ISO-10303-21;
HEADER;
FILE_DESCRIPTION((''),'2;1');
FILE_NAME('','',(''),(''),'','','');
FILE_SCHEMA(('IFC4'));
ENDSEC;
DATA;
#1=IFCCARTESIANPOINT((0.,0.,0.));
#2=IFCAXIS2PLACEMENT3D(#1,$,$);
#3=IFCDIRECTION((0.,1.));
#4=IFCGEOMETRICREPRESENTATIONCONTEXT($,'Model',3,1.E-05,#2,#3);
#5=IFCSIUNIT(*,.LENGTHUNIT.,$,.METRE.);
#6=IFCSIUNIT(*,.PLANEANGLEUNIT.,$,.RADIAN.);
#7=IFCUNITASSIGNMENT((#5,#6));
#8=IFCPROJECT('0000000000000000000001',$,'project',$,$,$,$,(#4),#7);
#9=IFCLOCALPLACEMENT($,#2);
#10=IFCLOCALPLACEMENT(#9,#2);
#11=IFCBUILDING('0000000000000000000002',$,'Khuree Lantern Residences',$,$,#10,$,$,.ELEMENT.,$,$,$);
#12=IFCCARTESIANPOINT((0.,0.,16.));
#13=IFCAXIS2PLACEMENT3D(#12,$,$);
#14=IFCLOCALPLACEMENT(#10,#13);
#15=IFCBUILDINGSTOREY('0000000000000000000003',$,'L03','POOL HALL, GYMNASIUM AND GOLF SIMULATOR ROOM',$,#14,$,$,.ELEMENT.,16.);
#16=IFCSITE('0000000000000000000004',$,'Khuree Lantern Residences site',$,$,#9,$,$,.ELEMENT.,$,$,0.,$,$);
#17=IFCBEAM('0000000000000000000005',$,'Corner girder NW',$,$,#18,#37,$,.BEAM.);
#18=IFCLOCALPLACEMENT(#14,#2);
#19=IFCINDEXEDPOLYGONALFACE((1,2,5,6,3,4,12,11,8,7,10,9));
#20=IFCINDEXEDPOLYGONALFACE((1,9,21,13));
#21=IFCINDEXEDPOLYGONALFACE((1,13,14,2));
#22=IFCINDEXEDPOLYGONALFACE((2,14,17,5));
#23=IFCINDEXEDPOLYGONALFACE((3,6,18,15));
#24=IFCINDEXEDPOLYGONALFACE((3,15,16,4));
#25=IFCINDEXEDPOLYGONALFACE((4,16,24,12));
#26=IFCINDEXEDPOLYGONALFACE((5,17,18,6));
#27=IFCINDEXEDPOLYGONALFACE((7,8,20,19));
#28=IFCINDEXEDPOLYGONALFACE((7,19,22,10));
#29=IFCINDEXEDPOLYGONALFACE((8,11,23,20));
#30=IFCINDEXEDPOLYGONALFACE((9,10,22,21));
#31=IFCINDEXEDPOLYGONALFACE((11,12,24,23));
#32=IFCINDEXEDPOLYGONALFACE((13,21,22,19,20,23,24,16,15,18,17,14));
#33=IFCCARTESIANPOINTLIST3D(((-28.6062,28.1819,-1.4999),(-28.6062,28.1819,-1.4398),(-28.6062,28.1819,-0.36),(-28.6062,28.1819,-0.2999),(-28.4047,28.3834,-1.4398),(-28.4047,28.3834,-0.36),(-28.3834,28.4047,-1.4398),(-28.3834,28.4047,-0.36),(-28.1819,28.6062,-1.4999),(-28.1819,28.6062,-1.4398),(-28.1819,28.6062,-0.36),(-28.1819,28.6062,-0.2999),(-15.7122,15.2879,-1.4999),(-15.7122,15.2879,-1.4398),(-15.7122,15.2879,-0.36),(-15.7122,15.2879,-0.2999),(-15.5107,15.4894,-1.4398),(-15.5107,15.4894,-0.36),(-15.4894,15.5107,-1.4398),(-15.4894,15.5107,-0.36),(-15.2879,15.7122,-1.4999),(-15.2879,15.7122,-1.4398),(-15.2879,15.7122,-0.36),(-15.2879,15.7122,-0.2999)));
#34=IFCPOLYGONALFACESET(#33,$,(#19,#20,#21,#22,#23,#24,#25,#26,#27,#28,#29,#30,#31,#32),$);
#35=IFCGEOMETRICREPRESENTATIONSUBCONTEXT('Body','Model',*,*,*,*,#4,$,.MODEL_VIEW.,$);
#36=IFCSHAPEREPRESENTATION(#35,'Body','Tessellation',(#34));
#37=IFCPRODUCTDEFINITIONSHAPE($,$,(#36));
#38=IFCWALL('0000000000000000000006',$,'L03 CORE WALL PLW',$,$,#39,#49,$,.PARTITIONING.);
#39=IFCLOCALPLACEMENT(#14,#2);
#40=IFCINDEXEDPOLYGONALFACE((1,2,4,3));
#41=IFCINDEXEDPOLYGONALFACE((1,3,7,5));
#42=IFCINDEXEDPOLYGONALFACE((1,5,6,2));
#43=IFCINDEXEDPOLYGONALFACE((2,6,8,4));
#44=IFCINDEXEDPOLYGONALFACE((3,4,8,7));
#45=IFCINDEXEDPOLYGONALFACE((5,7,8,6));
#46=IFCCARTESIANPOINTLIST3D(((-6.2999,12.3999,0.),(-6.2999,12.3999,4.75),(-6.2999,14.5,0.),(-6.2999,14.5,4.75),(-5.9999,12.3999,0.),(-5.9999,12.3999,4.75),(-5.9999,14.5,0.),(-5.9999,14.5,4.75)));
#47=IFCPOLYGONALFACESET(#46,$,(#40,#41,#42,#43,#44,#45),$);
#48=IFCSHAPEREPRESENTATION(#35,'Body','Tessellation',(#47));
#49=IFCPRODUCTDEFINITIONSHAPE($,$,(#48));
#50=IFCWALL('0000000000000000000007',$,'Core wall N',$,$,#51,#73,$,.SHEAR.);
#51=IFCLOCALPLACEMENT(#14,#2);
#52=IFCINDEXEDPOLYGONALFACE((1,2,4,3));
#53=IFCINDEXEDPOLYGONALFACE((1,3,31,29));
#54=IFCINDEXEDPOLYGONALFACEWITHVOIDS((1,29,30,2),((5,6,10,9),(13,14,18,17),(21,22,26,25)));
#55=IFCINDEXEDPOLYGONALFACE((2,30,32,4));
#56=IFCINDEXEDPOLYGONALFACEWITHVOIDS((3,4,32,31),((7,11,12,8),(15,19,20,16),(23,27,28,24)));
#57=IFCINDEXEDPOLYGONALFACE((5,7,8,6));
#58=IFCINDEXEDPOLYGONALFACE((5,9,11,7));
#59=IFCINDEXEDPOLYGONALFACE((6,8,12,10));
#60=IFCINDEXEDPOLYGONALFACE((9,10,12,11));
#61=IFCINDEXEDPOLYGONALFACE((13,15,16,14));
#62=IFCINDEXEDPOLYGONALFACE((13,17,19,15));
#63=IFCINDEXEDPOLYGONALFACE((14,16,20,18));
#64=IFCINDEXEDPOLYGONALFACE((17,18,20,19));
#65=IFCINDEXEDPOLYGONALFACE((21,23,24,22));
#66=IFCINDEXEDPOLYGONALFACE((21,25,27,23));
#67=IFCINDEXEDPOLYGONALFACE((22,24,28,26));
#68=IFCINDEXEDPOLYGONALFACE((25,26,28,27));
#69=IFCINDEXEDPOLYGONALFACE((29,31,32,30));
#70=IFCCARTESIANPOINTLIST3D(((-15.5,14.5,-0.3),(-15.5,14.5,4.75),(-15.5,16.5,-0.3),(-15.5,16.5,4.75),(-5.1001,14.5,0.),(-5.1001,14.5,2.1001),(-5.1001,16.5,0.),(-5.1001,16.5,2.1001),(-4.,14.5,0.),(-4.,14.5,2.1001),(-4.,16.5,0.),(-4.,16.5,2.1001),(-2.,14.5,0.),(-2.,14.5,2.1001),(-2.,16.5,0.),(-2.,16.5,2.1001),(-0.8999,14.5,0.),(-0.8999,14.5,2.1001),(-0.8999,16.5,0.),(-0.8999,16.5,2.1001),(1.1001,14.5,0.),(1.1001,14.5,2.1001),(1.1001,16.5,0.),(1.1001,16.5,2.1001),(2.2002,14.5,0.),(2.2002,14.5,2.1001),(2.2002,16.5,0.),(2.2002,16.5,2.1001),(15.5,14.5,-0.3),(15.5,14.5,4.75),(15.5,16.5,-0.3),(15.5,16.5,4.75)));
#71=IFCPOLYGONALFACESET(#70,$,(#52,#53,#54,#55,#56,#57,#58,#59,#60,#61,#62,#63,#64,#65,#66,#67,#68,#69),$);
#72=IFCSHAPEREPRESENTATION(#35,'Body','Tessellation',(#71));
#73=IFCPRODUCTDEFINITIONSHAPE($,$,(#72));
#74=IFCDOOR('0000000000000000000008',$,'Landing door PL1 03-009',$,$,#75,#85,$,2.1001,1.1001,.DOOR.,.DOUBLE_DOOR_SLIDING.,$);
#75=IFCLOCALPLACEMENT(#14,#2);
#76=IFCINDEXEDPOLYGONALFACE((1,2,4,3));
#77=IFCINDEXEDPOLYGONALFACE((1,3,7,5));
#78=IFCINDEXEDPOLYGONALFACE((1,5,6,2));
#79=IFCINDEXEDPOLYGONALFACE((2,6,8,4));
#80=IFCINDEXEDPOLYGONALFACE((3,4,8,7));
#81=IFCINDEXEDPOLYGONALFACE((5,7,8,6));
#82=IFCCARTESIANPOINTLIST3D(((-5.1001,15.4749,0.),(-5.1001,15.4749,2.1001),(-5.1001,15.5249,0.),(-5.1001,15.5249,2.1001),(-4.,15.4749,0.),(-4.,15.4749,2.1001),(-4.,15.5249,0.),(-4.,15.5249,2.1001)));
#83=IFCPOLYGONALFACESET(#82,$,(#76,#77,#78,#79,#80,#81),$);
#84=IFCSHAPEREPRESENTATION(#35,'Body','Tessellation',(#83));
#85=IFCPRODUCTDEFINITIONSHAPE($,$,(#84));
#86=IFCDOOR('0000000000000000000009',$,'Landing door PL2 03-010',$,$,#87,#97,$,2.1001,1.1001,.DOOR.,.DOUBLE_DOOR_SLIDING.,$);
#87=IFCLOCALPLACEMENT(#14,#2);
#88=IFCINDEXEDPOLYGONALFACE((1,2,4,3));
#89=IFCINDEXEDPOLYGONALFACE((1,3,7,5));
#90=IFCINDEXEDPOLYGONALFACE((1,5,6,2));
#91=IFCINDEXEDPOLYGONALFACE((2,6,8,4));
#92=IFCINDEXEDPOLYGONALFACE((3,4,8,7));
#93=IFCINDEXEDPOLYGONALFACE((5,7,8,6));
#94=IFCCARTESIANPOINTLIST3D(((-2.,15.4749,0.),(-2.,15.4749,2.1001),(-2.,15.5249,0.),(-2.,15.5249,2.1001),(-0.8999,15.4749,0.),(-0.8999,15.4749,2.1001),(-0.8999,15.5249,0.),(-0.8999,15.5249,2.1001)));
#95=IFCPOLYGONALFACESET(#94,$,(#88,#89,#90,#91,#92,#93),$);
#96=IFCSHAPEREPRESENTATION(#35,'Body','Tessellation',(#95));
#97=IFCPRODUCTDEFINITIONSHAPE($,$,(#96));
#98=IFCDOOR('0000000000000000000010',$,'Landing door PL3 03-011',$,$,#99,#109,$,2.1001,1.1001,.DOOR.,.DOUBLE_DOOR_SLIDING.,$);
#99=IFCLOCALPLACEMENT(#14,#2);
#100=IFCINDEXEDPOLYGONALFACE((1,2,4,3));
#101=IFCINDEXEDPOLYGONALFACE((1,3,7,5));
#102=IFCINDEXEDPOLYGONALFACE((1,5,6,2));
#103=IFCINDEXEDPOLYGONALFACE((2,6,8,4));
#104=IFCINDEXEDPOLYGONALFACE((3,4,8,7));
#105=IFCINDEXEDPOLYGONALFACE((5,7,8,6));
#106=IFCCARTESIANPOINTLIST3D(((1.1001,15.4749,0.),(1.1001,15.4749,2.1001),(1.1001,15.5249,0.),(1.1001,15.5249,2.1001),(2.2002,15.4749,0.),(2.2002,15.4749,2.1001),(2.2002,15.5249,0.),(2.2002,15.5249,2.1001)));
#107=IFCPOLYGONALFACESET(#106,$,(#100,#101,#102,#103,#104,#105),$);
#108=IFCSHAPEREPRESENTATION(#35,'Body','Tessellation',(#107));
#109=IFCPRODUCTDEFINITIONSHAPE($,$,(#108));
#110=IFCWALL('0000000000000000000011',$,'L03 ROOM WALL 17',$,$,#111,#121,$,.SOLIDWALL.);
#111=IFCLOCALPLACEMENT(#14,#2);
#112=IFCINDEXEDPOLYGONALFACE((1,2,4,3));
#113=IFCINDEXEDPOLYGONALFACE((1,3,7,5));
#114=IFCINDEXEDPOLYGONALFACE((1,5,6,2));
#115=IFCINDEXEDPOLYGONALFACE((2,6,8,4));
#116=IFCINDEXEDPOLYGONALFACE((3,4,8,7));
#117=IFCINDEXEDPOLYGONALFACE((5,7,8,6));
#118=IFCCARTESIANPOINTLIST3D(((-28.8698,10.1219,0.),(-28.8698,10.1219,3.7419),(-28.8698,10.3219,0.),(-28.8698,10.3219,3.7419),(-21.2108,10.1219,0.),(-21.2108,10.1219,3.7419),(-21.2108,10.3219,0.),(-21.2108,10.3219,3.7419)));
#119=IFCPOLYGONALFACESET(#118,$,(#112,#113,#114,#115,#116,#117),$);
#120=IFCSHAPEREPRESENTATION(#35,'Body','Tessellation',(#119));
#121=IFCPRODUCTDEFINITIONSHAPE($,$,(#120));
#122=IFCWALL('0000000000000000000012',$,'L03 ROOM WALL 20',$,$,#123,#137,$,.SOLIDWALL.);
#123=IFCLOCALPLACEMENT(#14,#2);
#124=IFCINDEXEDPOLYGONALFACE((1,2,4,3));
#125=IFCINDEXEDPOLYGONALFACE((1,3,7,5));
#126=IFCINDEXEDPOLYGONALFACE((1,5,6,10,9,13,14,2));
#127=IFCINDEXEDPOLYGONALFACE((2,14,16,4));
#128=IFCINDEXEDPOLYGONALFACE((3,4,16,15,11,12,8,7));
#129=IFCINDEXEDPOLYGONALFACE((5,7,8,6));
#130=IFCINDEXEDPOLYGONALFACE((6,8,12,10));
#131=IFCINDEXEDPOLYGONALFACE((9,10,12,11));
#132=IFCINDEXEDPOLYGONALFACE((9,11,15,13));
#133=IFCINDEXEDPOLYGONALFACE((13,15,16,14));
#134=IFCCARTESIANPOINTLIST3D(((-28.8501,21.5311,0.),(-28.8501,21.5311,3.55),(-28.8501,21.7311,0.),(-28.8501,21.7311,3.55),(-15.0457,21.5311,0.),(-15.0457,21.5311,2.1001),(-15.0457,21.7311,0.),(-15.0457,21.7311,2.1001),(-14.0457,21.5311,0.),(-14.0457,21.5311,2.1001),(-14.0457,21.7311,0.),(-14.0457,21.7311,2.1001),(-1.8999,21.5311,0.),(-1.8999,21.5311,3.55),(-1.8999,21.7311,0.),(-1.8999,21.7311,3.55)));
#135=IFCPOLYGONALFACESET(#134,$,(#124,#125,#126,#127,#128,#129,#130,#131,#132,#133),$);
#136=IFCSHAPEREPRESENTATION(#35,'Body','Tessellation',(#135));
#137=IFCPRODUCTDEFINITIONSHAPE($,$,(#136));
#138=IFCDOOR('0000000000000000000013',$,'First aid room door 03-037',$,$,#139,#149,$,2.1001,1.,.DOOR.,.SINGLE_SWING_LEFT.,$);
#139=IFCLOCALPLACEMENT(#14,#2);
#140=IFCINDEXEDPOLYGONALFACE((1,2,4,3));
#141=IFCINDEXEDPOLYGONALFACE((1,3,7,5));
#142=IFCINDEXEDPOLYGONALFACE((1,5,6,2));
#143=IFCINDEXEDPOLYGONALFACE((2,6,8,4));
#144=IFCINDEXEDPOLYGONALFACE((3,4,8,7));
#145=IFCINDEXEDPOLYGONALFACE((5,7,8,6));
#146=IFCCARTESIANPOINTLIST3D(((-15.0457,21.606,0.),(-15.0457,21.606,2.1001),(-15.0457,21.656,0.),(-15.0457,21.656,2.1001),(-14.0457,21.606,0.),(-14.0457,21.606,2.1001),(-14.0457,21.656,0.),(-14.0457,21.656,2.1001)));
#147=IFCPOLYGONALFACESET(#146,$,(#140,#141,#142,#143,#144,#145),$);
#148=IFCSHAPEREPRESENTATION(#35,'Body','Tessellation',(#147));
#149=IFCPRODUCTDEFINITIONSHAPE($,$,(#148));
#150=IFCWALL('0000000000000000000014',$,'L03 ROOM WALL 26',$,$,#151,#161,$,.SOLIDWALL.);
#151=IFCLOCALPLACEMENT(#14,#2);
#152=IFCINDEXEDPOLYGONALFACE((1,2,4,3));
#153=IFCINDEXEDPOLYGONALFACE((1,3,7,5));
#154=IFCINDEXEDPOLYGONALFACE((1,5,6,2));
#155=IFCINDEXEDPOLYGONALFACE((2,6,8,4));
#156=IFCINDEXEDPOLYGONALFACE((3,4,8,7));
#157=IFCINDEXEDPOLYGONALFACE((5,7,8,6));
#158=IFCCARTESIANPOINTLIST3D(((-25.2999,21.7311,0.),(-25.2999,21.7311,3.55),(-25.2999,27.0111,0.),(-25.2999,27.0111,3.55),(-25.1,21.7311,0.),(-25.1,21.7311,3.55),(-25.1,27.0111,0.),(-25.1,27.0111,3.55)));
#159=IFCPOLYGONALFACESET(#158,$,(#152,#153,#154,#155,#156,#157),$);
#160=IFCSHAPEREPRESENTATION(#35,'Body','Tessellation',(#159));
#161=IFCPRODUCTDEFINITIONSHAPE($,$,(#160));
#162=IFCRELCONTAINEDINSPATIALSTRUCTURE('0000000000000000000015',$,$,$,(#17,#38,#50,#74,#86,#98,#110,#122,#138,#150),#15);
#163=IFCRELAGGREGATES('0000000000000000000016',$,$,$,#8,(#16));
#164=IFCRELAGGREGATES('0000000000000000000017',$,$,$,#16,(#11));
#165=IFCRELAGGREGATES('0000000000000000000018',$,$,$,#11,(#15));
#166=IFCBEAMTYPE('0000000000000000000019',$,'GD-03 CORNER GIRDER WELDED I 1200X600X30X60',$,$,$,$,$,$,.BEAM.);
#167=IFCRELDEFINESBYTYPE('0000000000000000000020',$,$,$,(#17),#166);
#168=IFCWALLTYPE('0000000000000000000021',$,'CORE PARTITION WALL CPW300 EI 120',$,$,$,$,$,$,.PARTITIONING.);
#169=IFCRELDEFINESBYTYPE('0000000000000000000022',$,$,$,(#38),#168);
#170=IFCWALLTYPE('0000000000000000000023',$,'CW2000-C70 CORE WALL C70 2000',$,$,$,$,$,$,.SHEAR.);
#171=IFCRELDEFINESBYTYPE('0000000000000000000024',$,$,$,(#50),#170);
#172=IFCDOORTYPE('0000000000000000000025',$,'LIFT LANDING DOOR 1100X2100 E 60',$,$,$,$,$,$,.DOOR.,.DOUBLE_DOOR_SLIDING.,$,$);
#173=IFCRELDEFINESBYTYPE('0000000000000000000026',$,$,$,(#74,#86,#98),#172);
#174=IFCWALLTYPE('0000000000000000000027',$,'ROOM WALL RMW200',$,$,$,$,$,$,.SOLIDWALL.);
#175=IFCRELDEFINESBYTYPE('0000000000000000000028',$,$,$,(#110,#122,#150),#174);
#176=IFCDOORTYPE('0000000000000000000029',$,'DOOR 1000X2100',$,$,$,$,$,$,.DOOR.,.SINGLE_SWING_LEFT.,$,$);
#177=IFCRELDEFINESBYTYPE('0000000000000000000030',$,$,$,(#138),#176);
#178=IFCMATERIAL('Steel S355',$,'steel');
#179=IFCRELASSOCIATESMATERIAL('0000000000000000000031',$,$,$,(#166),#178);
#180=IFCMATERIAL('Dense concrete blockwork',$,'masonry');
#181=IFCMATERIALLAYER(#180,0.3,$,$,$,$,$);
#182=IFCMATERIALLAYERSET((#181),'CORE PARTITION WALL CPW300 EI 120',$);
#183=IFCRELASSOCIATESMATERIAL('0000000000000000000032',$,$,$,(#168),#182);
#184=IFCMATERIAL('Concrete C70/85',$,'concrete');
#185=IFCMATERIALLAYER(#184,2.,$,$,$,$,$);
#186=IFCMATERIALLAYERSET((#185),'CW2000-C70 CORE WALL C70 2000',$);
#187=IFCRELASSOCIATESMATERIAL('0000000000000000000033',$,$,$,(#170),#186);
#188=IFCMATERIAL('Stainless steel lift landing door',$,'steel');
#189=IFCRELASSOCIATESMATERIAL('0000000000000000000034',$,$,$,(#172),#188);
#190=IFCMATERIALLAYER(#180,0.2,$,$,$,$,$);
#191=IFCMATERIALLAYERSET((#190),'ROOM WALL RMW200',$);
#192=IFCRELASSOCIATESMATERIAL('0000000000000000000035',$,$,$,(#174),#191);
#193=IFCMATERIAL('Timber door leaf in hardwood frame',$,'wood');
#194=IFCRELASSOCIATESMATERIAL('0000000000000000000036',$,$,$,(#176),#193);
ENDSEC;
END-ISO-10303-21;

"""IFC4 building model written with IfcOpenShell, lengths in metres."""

from ifc_helpers import new_model, si_unit, direction, frame, frame_2d, origin, origin_2d, place, context, subcontext, project, spatial, rectangle, i_section, extrude, material, layer, layer_set, material_profile, profile_set, type_object, element, fill, save


model = new_model("IFC4")

# Units and contexts
model_context = context("Model", 3, precision=1e-05, world=origin(), true_north=direction((0.0, 1.0)))
body_context = subcontext(model_context, "Body", "Model", "MODEL_VIEW")
ifc_project = project(units=[si_unit("LENGTHUNIT", "METRE"), si_unit("PLANEANGLEUNIT", "RADIAN")], contexts=[model_context])

# Site, building, storey
site_placement = place(None, origin())
site = spatial("IfcSite", under=ifc_project, at=site_placement, Name="Khuree Lantern Residences site", CompositionType="ELEMENT", RefElevation=0.0)
building_placement = place(site_placement, origin())
building = spatial("IfcBuilding", under=site, at=building_placement, Name="Khuree Lantern Residences", CompositionType="ELEMENT")
storey_placement = place(building_placement, frame((0.0, 0.0, 16.0)))
storey = spatial("IfcBuildingStorey", under=building, at=storey_placement, Name="L03", Description="POOL HALL, GYMNASIUM AND GOLF SIMULATOR ROOM", CompositionType="ELEMENT", Elevation=16.0)

# Shared definitions
ifc_material_1 = material(Name="Concrete C70/85", Category="concrete")

# Beam
ifc_material_2 = material(Name="Steel S355", Category="steel")
ifc_material_profile_1 = material_profile(ifc_material_2, i_section(OverallWidth=0.6001, OverallDepth=1.2, WebThickness=0.03, FlangeThickness=0.0601, at=origin_2d()), Name="WELDED I 1200X600X30X60")
ifc_profile_set_1 = profile_set([ifc_material_profile_1], Name="Steel S355")
beam_type_1 = type_object("IfcBeamType", Name="GD-03 CORNER GIRDER WELDED I 1200X600X30X60", PredefinedType="BEAM", material=ifc_profile_set_1)
beam_1_placement = place(storey_placement, frame((-28.394, 28.394, -0.8999), z_axis=(0.707107, -0.707107, 0.0), x_axis=(0.707107, 0.707107, 0.0)))
element("IfcBeam", 1, at=beam_1_placement, inside=storey, type_object=beam_type_1, Name="Corner girder NW", PredefinedType="BEAM", context=body_context, shape_type="SweptSolid", body=[
    extrude(i_section(OverallWidth=0.6001, OverallDepth=1.2, WebThickness=0.03, FlangeThickness=0.0601, at=origin_2d()), origin(), (0.0, 0.0, 1.0), 18.2349),
])

# Wall
ifc_material_3 = material(Name="Dense concrete blockwork", Category="masonry")
ifc_layer_1 = layer(ifc_material_3, 0.3)
ifc_layer_set_1 = layer_set([ifc_layer_1], Name="CORE PARTITION WALL CPW300 EI 120")
wall_type_1 = type_object("IfcWallType", Name="CORE PARTITION WALL CPW300 EI 120", PredefinedType="PARTITIONING", material=ifc_layer_set_1)
wall_1_placement = place(storey_placement, frame((-6.1499, 12.3999, 0.0), z_axis=(0.0, 0.0, 1.0), x_axis=(0.0, 1.0, 0.0)))
element("IfcWall", 2, at=wall_1_placement, inside=storey, type_object=wall_type_1, Name="L03 CORE WALL PLW", PredefinedType="PARTITIONING", context=body_context, shape_type="SweptSolid", body=[
    extrude(rectangle(XDim=2.1001, YDim=0.3, at=frame_2d((1.05, 0.0))), origin(), (0.0, 0.0, 1.0), 4.75),
])

# Wall, openings, doors
ifc_layer_2 = layer(ifc_material_1, 2.0)
ifc_layer_set_2 = layer_set([ifc_layer_2], Name="CW2000-C70 CORE WALL C70 2000")
wall_type_2 = type_object("IfcWallType", Name="CW2000-C70 CORE WALL C70 2000", PredefinedType="SHEAR", material=ifc_layer_set_2)
wall_2_placement = place(storey_placement, frame((-15.5, 15.5, -0.3), z_axis=(0.0, 0.0, 1.0), x_axis=(1.0, 0.0, 0.0)))
wall_2 = element("IfcWall", 3, at=wall_2_placement, inside=storey, type_object=wall_type_2, Name="Core wall N", PredefinedType="SHEAR", context=body_context, shape_type="SweptSolid", body=[
    extrude(rectangle(XDim=31.0, YDim=2.0, at=frame_2d((15.5, 0.0))), origin(), (0.0, 0.0, 1.0), 5.05),
])
opening_1_placement = place(wall_2_placement, frame((10.3999, 0.0, 0.3)))
opening_1 = element("IfcOpeningElement", 4, at=opening_1_placement, cuts=wall_2, PredefinedType="OPENING", context=body_context, shape_type="SweptSolid", body=[
    extrude(rectangle(XDim=1.1001, YDim=2.1001, at=frame_2d((0.55, 1.05))), frame((0.0, 1.01, 0.0), z_axis=(0.0, -1.0, 0.0), x_axis=(1.0, 0.0, 0.0)), (0.0, 0.0, 1.0), 2.02),
])
opening_2_placement = place(wall_2_placement, frame((13.5, 0.0, 0.3)))
opening_2 = element("IfcOpeningElement", 5, at=opening_2_placement, cuts=wall_2, PredefinedType="OPENING", context=body_context, shape_type="SweptSolid", body=[
    extrude(rectangle(XDim=1.1001, YDim=2.1001, at=frame_2d((0.55, 1.05))), frame((0.0, 1.01, 0.0), z_axis=(0.0, -1.0, 0.0), x_axis=(1.0, 0.0, 0.0)), (0.0, 0.0, 1.0), 2.02),
])
opening_3_placement = place(wall_2_placement, frame((16.6001, 0.0, 0.3)))
opening_3 = element("IfcOpeningElement", 6, at=opening_3_placement, cuts=wall_2, PredefinedType="OPENING", context=body_context, shape_type="SweptSolid", body=[
    extrude(rectangle(XDim=1.1001, YDim=2.1001, at=frame_2d((0.55, 1.05))), frame((0.0, 1.01, 0.0), z_axis=(0.0, -1.0, 0.0), x_axis=(1.0, 0.0, 0.0)), (0.0, 0.0, 1.0), 2.02),
])
ifc_material_4 = material(Name="Stainless steel lift landing door", Category="steel")
door_type_1 = type_object("IfcDoorType", Name="LIFT LANDING DOOR 1100X2100 E 60", OperationType="DOUBLE_DOOR_SLIDING", PredefinedType="DOOR", material=ifc_material_4)
door_1_placement = place(opening_1_placement, origin())
door_1 = element("IfcDoor", 7, at=door_1_placement, inside=storey, type_object=door_type_1, Name="Landing door PL1 03-009", OperationType="DOUBLE_DOOR_SLIDING", OverallHeight=2.1001, OverallWidth=1.1001, PredefinedType="DOOR", context=body_context, shape_type="SweptSolid", body=[
    extrude(rectangle(XDim=1.1001, YDim=2.1001, at=frame_2d((0.55, 1.05))), frame((0.0, 0.0249, 0.0), z_axis=(0.0, -1.0, 0.0), x_axis=(1.0, 0.0, 0.0)), (0.0, 0.0, 1.0), 0.05),
])
fill(opening_1, door_1)
door_2_placement = place(opening_2_placement, origin())
door_2 = element("IfcDoor", 8, at=door_2_placement, inside=storey, type_object=door_type_1, Name="Landing door PL2 03-010", OperationType="DOUBLE_DOOR_SLIDING", OverallHeight=2.1001, OverallWidth=1.1001, PredefinedType="DOOR", context=body_context, shape_type="SweptSolid", body=[
    extrude(rectangle(XDim=1.1001, YDim=2.1001, at=frame_2d((0.55, 1.05))), frame((0.0, 0.0249, 0.0), z_axis=(0.0, -1.0, 0.0), x_axis=(1.0, 0.0, 0.0)), (0.0, 0.0, 1.0), 0.05),
])
fill(opening_2, door_2)
door_3_placement = place(opening_3_placement, origin())
door_3 = element("IfcDoor", 9, at=door_3_placement, inside=storey, type_object=door_type_1, Name="Landing door PL3 03-011", OperationType="DOUBLE_DOOR_SLIDING", OverallHeight=2.1001, OverallWidth=1.1001, PredefinedType="DOOR", context=body_context, shape_type="SweptSolid", body=[
    extrude(rectangle(XDim=1.1001, YDim=2.1001, at=frame_2d((0.55, 1.05))), frame((0.0, 0.0249, 0.0), z_axis=(0.0, -1.0, 0.0), x_axis=(1.0, 0.0, 0.0)), (0.0, 0.0, 1.0), 0.05),
])
fill(opening_3, door_3)

# Wall
ifc_layer_3 = layer(ifc_material_3, 0.2)
ifc_layer_set_3 = layer_set([ifc_layer_3], Name="ROOM WALL RMW200")
wall_type_3 = type_object("IfcWallType", Name="ROOM WALL RMW200", PredefinedType="SOLIDWALL", material=ifc_layer_set_3)
wall_3_placement = place(storey_placement, frame((-28.8699, 10.2219, 0.0), z_axis=(0.0, 0.0, 1.0), x_axis=(1.0, 0.0, 0.0)))
element("IfcWall", 10, at=wall_3_placement, inside=storey, type_object=wall_type_3, Name="L03 ROOM WALL 17", PredefinedType="SOLIDWALL", context=body_context, shape_type="SweptSolid", body=[
    extrude(rectangle(XDim=7.6589, YDim=0.2, at=frame_2d((3.8296, 0.0))), origin(), (0.0, 0.0, 1.0), 3.7419),
])

# Wall, opening, door
wall_4_placement = place(storey_placement, frame((-28.8501, 21.6311, 0.0), z_axis=(0.0, 0.0, 1.0), x_axis=(1.0, 0.0, 0.0)))
wall_4 = element("IfcWall", 11, at=wall_4_placement, inside=storey, type_object=wall_type_3, Name="L03 ROOM WALL 20", PredefinedType="SOLIDWALL", context=body_context, shape_type="SweptSolid", body=[
    extrude(rectangle(XDim=26.9502, YDim=0.2, at=frame_2d((13.4751, 0.0))), origin(), (0.0, 0.0, 1.0), 3.55),
])
opening_4_placement = place(wall_4_placement, frame((13.8044, 0.0, 0.0)))
opening_4 = element("IfcOpeningElement", 12, at=opening_4_placement, cuts=wall_4, PredefinedType="OPENING", context=body_context, shape_type="SweptSolid", body=[
    extrude(rectangle(XDim=1.0, YDim=2.1001, at=frame_2d((0.5, 1.05))), frame((0.0, 0.1099, 0.0), z_axis=(0.0, -1.0, 0.0), x_axis=(1.0, 0.0, 0.0)), (0.0, 0.0, 1.0), 0.22),
])
ifc_material_5 = material(Name="Timber door leaf in hardwood frame", Category="wood")
door_type_2 = type_object("IfcDoorType", Name="DOOR 1000X2100", OperationType="SINGLE_SWING_LEFT", PredefinedType="DOOR", material=ifc_material_5)
door_4_placement = place(opening_4_placement, origin())
door_4 = element("IfcDoor", 13, at=door_4_placement, inside=storey, type_object=door_type_2, Name="First aid room door 03-037", OperationType="SINGLE_SWING_LEFT", OverallHeight=2.1001, OverallWidth=1.0, PredefinedType="DOOR", context=body_context, shape_type="SweptSolid", body=[
    extrude(rectangle(XDim=1.0, YDim=2.1001, at=frame_2d((0.5, 1.05))), frame((0.0, 0.0249, 0.0), z_axis=(0.0, -1.0, 0.0), x_axis=(1.0, 0.0, 0.0)), (0.0, 0.0, 1.0), 0.05),
])
fill(opening_4, door_4)

# Wall
wall_5_placement = place(storey_placement, frame((-25.2, 21.731, 0.0), z_axis=(0.0, 0.0, 1.0), x_axis=(0.0, 1.0, 0.0)))
element("IfcWall", 14, at=wall_5_placement, inside=storey, type_object=wall_type_3, Name="L03 ROOM WALL 26", PredefinedType="SOLIDWALL", context=body_context, shape_type="SweptSolid", body=[
    extrude(rectangle(XDim=5.28, YDim=0.2, at=frame_2d((2.6401, 0.0))), origin(), (0.0, 0.0, 1.0), 3.55),
])

save(model, "model.ifc")
